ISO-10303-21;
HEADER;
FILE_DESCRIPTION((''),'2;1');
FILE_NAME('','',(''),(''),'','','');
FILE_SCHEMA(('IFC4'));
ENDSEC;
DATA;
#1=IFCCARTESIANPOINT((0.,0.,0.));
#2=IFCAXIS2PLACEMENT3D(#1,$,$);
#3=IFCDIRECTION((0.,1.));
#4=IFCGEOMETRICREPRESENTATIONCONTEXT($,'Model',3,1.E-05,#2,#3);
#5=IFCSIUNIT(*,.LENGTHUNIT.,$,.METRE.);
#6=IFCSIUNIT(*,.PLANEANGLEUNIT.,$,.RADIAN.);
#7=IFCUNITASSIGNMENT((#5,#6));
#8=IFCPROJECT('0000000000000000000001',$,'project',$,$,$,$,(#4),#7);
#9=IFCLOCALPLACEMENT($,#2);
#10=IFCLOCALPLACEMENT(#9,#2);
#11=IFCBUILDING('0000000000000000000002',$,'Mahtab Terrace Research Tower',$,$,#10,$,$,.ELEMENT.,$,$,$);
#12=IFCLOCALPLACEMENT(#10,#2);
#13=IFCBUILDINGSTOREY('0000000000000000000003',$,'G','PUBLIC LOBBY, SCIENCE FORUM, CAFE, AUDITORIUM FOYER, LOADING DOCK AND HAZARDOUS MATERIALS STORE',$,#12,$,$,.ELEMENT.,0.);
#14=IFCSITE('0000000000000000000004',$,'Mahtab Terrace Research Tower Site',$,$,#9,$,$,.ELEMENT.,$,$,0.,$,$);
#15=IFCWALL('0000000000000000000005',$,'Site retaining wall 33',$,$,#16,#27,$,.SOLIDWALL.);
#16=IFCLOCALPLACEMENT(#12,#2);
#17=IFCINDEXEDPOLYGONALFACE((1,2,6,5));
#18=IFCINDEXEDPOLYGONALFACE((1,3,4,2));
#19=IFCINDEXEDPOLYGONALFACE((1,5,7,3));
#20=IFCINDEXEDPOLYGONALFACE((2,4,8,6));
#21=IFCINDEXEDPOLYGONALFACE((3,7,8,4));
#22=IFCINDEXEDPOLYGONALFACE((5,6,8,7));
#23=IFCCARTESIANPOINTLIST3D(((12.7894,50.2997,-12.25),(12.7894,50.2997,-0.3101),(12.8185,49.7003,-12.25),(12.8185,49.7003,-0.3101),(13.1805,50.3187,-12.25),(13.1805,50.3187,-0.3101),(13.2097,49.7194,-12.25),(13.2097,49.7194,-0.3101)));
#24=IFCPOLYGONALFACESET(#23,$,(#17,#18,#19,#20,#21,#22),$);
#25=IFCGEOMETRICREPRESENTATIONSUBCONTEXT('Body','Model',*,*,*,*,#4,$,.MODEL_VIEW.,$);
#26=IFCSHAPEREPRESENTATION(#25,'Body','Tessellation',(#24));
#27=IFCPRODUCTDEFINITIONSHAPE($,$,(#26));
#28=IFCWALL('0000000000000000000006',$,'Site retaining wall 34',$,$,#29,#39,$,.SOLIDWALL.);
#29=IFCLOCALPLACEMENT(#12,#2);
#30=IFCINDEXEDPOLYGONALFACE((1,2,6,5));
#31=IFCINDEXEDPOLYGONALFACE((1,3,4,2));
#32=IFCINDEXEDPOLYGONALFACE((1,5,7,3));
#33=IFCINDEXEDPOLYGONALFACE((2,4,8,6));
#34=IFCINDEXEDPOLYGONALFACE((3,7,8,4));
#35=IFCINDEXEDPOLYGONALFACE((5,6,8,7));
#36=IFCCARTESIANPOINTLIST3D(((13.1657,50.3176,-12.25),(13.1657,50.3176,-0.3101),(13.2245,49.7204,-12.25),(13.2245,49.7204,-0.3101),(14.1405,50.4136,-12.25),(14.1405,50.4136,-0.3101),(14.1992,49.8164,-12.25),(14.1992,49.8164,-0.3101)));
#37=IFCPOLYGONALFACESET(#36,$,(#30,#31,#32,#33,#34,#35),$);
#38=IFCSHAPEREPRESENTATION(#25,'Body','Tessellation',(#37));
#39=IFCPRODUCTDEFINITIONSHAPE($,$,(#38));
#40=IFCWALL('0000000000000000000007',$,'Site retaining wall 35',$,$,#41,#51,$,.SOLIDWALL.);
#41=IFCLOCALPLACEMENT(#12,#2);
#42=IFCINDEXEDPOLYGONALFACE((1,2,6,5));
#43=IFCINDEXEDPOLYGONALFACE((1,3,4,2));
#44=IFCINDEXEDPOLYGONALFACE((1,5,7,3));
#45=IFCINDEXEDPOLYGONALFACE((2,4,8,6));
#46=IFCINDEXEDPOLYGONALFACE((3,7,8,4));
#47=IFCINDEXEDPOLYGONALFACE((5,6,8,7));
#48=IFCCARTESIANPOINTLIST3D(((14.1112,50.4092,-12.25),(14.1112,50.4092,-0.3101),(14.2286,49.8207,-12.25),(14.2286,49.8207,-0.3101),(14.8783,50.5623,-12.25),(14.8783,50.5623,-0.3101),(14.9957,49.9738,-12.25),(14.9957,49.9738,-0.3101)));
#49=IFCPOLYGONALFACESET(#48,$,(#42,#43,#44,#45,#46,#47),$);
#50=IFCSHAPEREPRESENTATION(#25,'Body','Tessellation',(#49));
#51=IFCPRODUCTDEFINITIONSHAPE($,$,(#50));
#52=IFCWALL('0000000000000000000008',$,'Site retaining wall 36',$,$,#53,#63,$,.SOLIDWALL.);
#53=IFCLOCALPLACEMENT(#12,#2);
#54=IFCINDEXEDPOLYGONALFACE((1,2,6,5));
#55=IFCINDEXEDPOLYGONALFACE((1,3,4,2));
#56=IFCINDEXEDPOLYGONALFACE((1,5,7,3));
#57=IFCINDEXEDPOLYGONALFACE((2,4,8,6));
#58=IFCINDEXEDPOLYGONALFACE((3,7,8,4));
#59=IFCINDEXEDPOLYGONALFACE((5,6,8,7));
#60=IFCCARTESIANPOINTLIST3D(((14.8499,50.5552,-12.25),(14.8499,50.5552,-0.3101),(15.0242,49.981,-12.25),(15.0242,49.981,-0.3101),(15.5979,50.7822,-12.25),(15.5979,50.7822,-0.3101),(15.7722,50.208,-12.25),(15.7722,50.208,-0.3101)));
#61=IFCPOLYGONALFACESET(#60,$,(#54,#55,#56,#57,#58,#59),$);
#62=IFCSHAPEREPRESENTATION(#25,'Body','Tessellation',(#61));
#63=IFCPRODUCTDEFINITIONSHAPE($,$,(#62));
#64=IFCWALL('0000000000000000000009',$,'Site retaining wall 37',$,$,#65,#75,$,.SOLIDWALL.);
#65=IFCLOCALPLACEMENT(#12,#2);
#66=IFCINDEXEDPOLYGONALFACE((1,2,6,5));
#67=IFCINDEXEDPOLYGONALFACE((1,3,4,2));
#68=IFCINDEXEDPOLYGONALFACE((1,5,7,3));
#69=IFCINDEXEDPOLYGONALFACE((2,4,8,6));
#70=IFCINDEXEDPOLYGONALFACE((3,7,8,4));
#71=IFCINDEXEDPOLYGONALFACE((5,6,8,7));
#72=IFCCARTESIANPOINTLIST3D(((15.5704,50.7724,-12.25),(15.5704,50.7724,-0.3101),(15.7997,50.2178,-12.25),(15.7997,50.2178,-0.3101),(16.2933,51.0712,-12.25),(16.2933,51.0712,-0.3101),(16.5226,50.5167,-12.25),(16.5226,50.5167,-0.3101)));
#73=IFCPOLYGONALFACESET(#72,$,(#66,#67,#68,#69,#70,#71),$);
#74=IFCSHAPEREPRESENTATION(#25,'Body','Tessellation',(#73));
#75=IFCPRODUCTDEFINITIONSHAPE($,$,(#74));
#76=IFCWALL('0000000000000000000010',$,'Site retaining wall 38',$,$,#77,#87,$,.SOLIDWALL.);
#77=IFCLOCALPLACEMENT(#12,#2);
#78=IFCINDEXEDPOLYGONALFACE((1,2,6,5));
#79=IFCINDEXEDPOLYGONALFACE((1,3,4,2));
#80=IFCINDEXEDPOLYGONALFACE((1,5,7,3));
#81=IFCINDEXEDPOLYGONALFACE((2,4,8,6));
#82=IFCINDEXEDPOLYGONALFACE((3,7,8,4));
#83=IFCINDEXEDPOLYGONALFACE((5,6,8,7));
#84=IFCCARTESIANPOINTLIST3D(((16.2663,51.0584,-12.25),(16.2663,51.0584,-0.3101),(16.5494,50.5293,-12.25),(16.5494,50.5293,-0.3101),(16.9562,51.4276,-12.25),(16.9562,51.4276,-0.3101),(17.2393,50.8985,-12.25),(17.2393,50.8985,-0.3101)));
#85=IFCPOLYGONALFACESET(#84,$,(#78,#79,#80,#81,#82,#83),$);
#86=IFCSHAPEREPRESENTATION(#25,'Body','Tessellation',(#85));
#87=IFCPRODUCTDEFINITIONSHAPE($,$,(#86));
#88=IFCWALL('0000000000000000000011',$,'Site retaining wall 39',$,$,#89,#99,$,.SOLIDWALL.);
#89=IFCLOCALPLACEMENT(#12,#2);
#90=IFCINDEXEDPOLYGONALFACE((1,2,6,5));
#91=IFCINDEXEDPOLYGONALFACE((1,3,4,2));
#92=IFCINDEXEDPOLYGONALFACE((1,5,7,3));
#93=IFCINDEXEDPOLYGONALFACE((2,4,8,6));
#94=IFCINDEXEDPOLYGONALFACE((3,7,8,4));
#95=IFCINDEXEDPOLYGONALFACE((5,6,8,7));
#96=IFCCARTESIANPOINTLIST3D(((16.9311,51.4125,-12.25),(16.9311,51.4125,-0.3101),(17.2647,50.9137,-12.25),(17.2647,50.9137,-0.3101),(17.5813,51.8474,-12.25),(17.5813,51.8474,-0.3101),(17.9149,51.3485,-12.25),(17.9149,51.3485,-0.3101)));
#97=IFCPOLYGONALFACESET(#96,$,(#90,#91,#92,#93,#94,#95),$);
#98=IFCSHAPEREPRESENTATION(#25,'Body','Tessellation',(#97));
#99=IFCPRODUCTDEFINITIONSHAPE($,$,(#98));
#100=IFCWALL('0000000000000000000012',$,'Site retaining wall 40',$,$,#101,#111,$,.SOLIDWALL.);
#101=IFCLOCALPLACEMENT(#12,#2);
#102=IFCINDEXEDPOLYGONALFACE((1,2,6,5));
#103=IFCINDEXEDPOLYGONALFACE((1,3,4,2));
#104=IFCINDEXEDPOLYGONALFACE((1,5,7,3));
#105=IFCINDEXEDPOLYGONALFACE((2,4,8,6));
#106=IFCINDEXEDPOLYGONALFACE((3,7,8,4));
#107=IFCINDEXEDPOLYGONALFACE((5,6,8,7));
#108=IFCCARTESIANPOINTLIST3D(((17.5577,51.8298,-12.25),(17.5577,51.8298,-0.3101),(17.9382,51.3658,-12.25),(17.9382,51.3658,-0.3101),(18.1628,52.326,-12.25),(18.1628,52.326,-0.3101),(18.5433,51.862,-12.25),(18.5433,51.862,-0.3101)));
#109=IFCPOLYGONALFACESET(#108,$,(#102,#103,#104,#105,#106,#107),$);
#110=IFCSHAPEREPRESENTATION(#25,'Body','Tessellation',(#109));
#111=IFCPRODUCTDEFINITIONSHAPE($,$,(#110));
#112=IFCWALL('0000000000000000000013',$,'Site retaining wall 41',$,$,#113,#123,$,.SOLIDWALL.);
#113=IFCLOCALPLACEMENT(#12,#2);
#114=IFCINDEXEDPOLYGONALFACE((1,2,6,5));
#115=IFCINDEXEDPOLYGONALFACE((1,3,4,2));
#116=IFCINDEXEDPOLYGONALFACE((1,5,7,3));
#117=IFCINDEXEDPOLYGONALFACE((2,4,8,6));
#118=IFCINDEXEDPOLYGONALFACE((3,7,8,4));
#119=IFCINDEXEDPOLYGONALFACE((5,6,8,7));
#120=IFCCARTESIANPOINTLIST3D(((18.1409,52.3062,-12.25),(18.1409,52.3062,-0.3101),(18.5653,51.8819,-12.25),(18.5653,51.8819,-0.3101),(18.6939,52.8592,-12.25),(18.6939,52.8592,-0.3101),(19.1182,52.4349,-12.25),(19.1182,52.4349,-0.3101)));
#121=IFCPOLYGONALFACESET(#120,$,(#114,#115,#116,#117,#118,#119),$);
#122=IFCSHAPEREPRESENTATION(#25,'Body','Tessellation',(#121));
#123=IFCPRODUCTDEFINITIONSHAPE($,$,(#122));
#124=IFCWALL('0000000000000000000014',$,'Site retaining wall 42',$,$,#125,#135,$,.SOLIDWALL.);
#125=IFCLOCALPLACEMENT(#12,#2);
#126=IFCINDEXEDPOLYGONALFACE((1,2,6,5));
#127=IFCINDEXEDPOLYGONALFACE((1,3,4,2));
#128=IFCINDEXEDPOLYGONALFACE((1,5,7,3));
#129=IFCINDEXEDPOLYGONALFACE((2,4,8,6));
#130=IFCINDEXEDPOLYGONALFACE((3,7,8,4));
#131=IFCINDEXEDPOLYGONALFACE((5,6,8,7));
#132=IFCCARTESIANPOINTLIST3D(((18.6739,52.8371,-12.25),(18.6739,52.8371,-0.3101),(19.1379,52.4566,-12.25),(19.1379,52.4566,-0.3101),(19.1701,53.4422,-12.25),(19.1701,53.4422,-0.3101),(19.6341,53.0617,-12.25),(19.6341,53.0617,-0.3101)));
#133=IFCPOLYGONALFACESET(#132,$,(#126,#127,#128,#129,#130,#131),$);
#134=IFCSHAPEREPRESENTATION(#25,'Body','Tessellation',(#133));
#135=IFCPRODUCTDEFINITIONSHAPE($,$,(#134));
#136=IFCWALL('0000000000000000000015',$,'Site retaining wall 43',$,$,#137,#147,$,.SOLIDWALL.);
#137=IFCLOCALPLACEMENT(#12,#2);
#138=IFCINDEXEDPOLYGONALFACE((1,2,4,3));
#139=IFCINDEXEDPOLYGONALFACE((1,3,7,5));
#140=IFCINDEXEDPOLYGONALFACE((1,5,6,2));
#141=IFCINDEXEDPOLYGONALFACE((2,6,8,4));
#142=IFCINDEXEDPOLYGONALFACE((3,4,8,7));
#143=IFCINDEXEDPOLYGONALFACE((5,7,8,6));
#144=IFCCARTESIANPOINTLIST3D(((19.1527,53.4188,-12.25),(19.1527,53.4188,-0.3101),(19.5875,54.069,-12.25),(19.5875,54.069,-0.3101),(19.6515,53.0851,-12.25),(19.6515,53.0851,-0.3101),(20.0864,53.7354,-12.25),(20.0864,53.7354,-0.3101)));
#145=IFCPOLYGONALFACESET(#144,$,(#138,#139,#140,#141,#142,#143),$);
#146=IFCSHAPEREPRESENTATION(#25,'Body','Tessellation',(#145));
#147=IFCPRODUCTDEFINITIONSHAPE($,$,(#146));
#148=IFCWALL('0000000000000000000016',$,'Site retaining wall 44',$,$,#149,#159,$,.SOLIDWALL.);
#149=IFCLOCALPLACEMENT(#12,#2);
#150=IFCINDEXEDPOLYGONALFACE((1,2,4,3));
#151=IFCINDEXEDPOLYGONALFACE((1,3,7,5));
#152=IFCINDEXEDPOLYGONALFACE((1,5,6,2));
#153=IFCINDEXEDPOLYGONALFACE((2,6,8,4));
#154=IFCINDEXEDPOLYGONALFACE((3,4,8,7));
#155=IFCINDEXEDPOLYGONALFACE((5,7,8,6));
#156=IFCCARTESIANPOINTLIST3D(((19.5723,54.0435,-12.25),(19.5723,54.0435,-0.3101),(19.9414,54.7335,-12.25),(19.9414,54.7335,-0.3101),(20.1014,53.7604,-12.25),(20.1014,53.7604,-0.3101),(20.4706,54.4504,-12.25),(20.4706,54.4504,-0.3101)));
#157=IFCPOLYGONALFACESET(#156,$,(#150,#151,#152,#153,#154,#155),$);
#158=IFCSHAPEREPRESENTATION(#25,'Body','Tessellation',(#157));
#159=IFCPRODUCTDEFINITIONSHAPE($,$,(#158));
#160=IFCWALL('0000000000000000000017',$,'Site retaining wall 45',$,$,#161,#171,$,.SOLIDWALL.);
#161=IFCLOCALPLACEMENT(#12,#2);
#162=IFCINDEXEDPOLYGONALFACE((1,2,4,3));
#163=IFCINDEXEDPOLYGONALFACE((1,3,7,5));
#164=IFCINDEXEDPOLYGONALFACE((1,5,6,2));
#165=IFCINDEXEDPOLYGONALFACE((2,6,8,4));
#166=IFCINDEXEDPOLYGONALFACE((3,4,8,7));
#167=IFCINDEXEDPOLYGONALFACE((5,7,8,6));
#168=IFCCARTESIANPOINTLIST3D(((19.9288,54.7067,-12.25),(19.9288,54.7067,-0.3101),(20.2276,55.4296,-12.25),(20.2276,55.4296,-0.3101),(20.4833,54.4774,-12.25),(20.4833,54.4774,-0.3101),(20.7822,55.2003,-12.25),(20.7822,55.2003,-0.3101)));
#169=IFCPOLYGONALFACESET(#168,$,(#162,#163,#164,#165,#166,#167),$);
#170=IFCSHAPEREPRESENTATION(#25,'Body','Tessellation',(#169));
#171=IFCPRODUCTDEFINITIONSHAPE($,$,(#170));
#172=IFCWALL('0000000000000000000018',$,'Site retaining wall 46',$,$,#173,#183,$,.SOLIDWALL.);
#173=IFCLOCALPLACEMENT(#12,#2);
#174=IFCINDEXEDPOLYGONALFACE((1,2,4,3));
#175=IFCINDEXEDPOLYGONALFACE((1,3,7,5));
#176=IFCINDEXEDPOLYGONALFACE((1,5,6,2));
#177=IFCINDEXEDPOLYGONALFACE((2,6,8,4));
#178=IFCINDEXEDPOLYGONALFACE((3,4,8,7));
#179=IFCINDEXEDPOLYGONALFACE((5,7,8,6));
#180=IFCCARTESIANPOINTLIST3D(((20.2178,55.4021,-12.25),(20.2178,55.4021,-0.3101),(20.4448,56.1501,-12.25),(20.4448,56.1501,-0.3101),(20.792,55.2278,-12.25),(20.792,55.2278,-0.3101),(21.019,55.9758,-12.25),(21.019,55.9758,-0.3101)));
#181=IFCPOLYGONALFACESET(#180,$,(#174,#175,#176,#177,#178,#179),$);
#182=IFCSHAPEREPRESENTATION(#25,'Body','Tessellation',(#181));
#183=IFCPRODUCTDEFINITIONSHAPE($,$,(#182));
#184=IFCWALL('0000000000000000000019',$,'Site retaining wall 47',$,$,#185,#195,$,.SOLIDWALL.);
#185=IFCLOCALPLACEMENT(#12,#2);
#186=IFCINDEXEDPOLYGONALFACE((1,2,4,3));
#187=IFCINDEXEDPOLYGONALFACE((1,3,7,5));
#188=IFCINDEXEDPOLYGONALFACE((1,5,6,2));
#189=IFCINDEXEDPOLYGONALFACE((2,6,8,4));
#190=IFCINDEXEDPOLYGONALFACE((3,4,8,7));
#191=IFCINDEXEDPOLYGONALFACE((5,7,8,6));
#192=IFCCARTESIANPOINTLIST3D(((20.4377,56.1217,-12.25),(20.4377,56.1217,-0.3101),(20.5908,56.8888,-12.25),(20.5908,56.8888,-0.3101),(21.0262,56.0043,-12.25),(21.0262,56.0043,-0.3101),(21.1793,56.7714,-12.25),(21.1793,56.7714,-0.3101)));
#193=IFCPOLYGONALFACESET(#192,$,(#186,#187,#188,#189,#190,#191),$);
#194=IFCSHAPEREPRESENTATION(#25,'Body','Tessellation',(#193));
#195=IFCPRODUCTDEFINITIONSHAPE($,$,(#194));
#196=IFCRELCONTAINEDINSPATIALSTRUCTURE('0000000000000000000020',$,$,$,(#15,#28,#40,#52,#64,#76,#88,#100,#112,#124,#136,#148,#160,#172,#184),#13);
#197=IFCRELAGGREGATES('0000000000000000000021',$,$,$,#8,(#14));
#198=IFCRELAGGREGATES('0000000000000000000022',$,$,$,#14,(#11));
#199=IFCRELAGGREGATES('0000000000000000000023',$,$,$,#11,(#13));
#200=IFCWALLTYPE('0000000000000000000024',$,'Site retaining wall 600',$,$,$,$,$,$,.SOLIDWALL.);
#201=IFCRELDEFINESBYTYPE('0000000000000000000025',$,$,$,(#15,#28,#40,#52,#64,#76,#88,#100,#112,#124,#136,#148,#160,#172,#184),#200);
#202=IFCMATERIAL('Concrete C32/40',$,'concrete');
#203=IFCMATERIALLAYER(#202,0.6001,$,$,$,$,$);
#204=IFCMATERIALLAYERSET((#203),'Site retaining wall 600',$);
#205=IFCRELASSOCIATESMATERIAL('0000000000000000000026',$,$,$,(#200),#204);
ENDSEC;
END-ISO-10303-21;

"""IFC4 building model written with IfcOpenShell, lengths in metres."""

from ifc_helpers import new_model, si_unit, direction, frame, frame_2d, origin, place, context, subcontext, project, spatial, rectangle, extrude, material, layer, layer_set, type_object, element, save


model = new_model("IFC4")

# Units and contexts
model_context = context("Model", 3, precision=1e-05, world=origin(), true_north=direction((0.0, 1.0)))
body_context = subcontext(model_context, "Body", "Model", "MODEL_VIEW")
ifc_project = project(units=[si_unit("LENGTHUNIT", "METRE"), si_unit("PLANEANGLEUNIT", "RADIAN")], contexts=[model_context])

# Site, building, storey
site_placement = place(None, origin())
site = spatial("IfcSite", under=ifc_project, at=site_placement, Name="Mahtab Terrace Research Tower Site", CompositionType="ELEMENT", RefElevation=0.0)
building_placement = place(site_placement, origin())
building = spatial("IfcBuilding", under=site, at=building_placement, Name="Mahtab Terrace Research Tower", CompositionType="ELEMENT")
storey_placement = place(building_placement, origin())
storey = spatial("IfcBuildingStorey", under=building, at=storey_placement, Name="G", Description="PUBLIC LOBBY, SCIENCE FORUM, CAFE, AUDITORIUM FOYER, LOADING DOCK AND HAZARDOUS MATERIALS STORE", CompositionType="ELEMENT", Elevation=0.0)

# Walls
ifc_material = material(Name="Concrete C32/40", Category="concrete")
ifc_layer = layer(ifc_material, 0.6001)
ifc_layer_set = layer_set([ifc_layer], Name="Site retaining wall 600")
wall_type = type_object("IfcWallType", Name="Site retaining wall 600", PredefinedType="SOLIDWALL", material=ifc_layer_set)
wall_1_placement = place(storey_placement, frame((12.804, 50.0, -12.25), z_axis=(0.0, 0.0, 1.0), x_axis=(0.998817, 0.048632, 0.0)))
element("IfcWall", 1, at=wall_1_placement, inside=storey, type_object=wall_type, Name="Site retaining wall 33", PredefinedType="SOLIDWALL", context=body_context, shape_type="SweptSolid", body=[
    extrude(rectangle(XDim=0.3916, YDim=0.6001, at=frame_2d((0.1958, 0.0))), origin(), (0.0, 0.0, 1.0), 11.9399),
])
wall_2_placement = place(storey_placement, frame((13.1951, 50.019, -12.25), z_axis=(0.0, 0.0, 1.0), x_axis=(0.995191, 0.097949, 0.0)))
element("IfcWall", 2, at=wall_2_placement, inside=storey, type_object=wall_type, Name="Site retaining wall 34", PredefinedType="SOLIDWALL", context=body_context, shape_type="SweptSolid", body=[
    extrude(rectangle(XDim=0.9795, YDim=0.6001, at=frame_2d((0.4897, 0.0))), origin(), (0.0, 0.0, 1.0), 11.9399),
])
wall_3_placement = place(storey_placement, frame((14.1699, 50.115, -12.25), z_axis=(0.0, 0.0, 1.0), x_axis=(0.980665, 0.195696, 0.0)))
element("IfcWall", 3, at=wall_3_placement, inside=storey, type_object=wall_type, Name="Site retaining wall 35", PredefinedType="SOLIDWALL", context=body_context, shape_type="SweptSolid", body=[
    extrude(rectangle(XDim=0.7822, YDim=0.6001, at=frame_2d((0.3911, 0.0))), origin(), (0.0, 0.0, 1.0), 11.9399),
])
wall_4_placement = place(storey_placement, frame((14.937, 50.2681, -12.25), z_axis=(0.0, 0.0, 1.0), x_axis=(0.956893, 0.290441, 0.0)))
element("IfcWall", 4, at=wall_4_placement, inside=storey, type_object=wall_type, Name="Site retaining wall 36", PredefinedType="SOLIDWALL", context=body_context, shape_type="SweptSolid", body=[
    extrude(rectangle(XDim=0.7817, YDim=0.6001, at=frame_2d((0.3909, 0.0))), origin(), (0.0, 0.0, 1.0), 11.9399),
])
wall_5_placement = place(storey_placement, frame((15.6851, 50.4951, -12.25), z_axis=(0.0, 0.0, 1.0), x_axis=(0.924154, 0.382021, 0.0)))
element("IfcWall", 5, at=wall_5_placement, inside=storey, type_object=wall_type, Name="Site retaining wall 37", PredefinedType="SOLIDWALL", context=body_context, shape_type="SweptSolid", body=[
    extrude(rectangle(XDim=0.7822, YDim=0.6001, at=frame_2d((0.3911, 0.0))), origin(), (0.0, 0.0, 1.0), 11.9399),
])
wall_6_placement = place(storey_placement, frame((16.408, 50.7939, -12.25), z_axis=(0.0, 0.0, 1.0), x_axis=(0.88173, 0.471754, 0.0)))
element("IfcWall", 6, at=wall_6_placement, inside=storey, type_object=wall_type, Name="Site retaining wall 38", PredefinedType="SOLIDWALL", context=body_context, shape_type="SweptSolid", body=[
    extrude(rectangle(XDim=0.7825, YDim=0.6001, at=frame_2d((0.3911, 0.0))), origin(), (0.0, 0.0, 1.0), 11.9399),
])
wall_7_placement = place(storey_placement, frame((17.0979, 51.1631, -12.25), z_axis=(0.0, 0.0, 1.0), x_axis=(0.831233, 0.555924, 0.0)))
element("IfcWall", 7, at=wall_7_placement, inside=storey, type_object=wall_type, Name="Site retaining wall 39", PredefinedType="SOLIDWALL", context=body_context, shape_type="SweptSolid", body=[
    extrude(rectangle(XDim=0.7822, YDim=0.6001, at=frame_2d((0.3911, 0.0))), origin(), (0.0, 0.0, 1.0), 11.9399),
])
wall_8_placement = place(storey_placement, frame((17.748, 51.5979, -12.25), z_axis=(0.0, 0.0, 1.0), x_axis=(0.773262, 0.634087, 0.0)))
element("IfcWall", 8, at=wall_8_placement, inside=storey, type_object=wall_type, Name="Site retaining wall 40", PredefinedType="SOLIDWALL", context=body_context, shape_type="SweptSolid", body=[
    extrude(rectangle(XDim=0.7825, YDim=0.6001, at=frame_2d((0.3911, 0.0))), origin(), (0.0, 0.0, 1.0), 11.9399),
])
wall_9_placement = place(storey_placement, frame((18.353, 52.094, -12.25), z_axis=(0.0, 0.0, 1.0), x_axis=(0.707107, 0.707107, 0.0)))
element("IfcWall", 9, at=wall_9_placement, inside=storey, type_object=wall_type, Name="Site retaining wall 41", PredefinedType="SOLIDWALL", context=body_context, shape_type="SweptSolid", body=[
    extrude(rectangle(XDim=0.782, YDim=0.6001, at=frame_2d((0.3911, 0.0))), origin(), (0.0, 0.0, 1.0), 11.9399),
])
wall_10_placement = place(storey_placement, frame((18.906, 52.647, -12.25), z_axis=(0.0, 0.0, 1.0), x_axis=(0.634087, 0.773262, 0.0)))
element("IfcWall", 10, at=wall_10_placement, inside=storey, type_object=wall_type, Name="Site retaining wall 42", PredefinedType="SOLIDWALL", context=body_context, shape_type="SweptSolid", body=[
    extrude(rectangle(XDim=0.7825, YDim=0.6001, at=frame_2d((0.3911, 0.0))), origin(), (0.0, 0.0, 1.0), 11.9399),
])
wall_11_placement = place(storey_placement, frame((19.4021, 53.252, -12.25), z_axis=(0.0, 0.0, 1.0), x_axis=(0.555924, 0.831233, 0.0)))
element("IfcWall", 11, at=wall_11_placement, inside=storey, type_object=wall_type, Name="Site retaining wall 43", PredefinedType="SOLIDWALL", context=body_context, shape_type="SweptSolid", body=[
    extrude(rectangle(XDim=0.7822, YDim=0.6001, at=frame_2d((0.3911, 0.0))), origin(), (0.0, 0.0, 1.0), 11.9399),
])
wall_12_placement = place(storey_placement, frame((19.8369, 53.9021, -12.25), z_axis=(0.0, 0.0, 1.0), x_axis=(0.471754, 0.88173, 0.0)))
element("IfcWall", 12, at=wall_12_placement, inside=storey, type_object=wall_type, Name="Site retaining wall 44", PredefinedType="SOLIDWALL", context=body_context, shape_type="SweptSolid", body=[
    extrude(rectangle(XDim=0.7825, YDim=0.6001, at=frame_2d((0.3911, 0.0))), origin(), (0.0, 0.0, 1.0), 11.9399),
])
wall_13_placement = place(storey_placement, frame((20.2061, 54.592, -12.25), z_axis=(0.0, 0.0, 1.0), x_axis=(0.382021, 0.924154, 0.0)))
element("IfcWall", 13, at=wall_13_placement, inside=storey, type_object=wall_type, Name="Site retaining wall 45", PredefinedType="SOLIDWALL", context=body_context, shape_type="SweptSolid", body=[
    extrude(rectangle(XDim=0.7822, YDim=0.6001, at=frame_2d((0.3911, 0.0))), origin(), (0.0, 0.0, 1.0), 11.9399),
])
wall_14_placement = place(storey_placement, frame((20.5049, 55.3149, -12.25), z_axis=(0.0, 0.0, 1.0), x_axis=(0.290441, 0.956893, 0.0)))
element("IfcWall", 14, at=wall_14_placement, inside=storey, type_object=wall_type, Name="Site retaining wall 46", PredefinedType="SOLIDWALL", context=body_context, shape_type="SweptSolid", body=[
    extrude(rectangle(XDim=0.7817, YDim=0.6001, at=frame_2d((0.3909, 0.0))), origin(), (0.0, 0.0, 1.0), 11.9399),
])
wall_15_placement = place(storey_placement, frame((20.7319, 56.063, -12.25), z_axis=(0.0, 0.0, 1.0), x_axis=(0.195696, 0.980665, 0.0)))
element("IfcWall", 15, at=wall_15_placement, inside=storey, type_object=wall_type, Name="Site retaining wall 47", PredefinedType="SOLIDWALL", context=body_context, shape_type="SweptSolid", body=[
    extrude(rectangle(XDim=0.7822, YDim=0.6001, at=frame_2d((0.3911, 0.0))), origin(), (0.0, 0.0, 1.0), 11.9399),
])

save(model, "model.ifc")
